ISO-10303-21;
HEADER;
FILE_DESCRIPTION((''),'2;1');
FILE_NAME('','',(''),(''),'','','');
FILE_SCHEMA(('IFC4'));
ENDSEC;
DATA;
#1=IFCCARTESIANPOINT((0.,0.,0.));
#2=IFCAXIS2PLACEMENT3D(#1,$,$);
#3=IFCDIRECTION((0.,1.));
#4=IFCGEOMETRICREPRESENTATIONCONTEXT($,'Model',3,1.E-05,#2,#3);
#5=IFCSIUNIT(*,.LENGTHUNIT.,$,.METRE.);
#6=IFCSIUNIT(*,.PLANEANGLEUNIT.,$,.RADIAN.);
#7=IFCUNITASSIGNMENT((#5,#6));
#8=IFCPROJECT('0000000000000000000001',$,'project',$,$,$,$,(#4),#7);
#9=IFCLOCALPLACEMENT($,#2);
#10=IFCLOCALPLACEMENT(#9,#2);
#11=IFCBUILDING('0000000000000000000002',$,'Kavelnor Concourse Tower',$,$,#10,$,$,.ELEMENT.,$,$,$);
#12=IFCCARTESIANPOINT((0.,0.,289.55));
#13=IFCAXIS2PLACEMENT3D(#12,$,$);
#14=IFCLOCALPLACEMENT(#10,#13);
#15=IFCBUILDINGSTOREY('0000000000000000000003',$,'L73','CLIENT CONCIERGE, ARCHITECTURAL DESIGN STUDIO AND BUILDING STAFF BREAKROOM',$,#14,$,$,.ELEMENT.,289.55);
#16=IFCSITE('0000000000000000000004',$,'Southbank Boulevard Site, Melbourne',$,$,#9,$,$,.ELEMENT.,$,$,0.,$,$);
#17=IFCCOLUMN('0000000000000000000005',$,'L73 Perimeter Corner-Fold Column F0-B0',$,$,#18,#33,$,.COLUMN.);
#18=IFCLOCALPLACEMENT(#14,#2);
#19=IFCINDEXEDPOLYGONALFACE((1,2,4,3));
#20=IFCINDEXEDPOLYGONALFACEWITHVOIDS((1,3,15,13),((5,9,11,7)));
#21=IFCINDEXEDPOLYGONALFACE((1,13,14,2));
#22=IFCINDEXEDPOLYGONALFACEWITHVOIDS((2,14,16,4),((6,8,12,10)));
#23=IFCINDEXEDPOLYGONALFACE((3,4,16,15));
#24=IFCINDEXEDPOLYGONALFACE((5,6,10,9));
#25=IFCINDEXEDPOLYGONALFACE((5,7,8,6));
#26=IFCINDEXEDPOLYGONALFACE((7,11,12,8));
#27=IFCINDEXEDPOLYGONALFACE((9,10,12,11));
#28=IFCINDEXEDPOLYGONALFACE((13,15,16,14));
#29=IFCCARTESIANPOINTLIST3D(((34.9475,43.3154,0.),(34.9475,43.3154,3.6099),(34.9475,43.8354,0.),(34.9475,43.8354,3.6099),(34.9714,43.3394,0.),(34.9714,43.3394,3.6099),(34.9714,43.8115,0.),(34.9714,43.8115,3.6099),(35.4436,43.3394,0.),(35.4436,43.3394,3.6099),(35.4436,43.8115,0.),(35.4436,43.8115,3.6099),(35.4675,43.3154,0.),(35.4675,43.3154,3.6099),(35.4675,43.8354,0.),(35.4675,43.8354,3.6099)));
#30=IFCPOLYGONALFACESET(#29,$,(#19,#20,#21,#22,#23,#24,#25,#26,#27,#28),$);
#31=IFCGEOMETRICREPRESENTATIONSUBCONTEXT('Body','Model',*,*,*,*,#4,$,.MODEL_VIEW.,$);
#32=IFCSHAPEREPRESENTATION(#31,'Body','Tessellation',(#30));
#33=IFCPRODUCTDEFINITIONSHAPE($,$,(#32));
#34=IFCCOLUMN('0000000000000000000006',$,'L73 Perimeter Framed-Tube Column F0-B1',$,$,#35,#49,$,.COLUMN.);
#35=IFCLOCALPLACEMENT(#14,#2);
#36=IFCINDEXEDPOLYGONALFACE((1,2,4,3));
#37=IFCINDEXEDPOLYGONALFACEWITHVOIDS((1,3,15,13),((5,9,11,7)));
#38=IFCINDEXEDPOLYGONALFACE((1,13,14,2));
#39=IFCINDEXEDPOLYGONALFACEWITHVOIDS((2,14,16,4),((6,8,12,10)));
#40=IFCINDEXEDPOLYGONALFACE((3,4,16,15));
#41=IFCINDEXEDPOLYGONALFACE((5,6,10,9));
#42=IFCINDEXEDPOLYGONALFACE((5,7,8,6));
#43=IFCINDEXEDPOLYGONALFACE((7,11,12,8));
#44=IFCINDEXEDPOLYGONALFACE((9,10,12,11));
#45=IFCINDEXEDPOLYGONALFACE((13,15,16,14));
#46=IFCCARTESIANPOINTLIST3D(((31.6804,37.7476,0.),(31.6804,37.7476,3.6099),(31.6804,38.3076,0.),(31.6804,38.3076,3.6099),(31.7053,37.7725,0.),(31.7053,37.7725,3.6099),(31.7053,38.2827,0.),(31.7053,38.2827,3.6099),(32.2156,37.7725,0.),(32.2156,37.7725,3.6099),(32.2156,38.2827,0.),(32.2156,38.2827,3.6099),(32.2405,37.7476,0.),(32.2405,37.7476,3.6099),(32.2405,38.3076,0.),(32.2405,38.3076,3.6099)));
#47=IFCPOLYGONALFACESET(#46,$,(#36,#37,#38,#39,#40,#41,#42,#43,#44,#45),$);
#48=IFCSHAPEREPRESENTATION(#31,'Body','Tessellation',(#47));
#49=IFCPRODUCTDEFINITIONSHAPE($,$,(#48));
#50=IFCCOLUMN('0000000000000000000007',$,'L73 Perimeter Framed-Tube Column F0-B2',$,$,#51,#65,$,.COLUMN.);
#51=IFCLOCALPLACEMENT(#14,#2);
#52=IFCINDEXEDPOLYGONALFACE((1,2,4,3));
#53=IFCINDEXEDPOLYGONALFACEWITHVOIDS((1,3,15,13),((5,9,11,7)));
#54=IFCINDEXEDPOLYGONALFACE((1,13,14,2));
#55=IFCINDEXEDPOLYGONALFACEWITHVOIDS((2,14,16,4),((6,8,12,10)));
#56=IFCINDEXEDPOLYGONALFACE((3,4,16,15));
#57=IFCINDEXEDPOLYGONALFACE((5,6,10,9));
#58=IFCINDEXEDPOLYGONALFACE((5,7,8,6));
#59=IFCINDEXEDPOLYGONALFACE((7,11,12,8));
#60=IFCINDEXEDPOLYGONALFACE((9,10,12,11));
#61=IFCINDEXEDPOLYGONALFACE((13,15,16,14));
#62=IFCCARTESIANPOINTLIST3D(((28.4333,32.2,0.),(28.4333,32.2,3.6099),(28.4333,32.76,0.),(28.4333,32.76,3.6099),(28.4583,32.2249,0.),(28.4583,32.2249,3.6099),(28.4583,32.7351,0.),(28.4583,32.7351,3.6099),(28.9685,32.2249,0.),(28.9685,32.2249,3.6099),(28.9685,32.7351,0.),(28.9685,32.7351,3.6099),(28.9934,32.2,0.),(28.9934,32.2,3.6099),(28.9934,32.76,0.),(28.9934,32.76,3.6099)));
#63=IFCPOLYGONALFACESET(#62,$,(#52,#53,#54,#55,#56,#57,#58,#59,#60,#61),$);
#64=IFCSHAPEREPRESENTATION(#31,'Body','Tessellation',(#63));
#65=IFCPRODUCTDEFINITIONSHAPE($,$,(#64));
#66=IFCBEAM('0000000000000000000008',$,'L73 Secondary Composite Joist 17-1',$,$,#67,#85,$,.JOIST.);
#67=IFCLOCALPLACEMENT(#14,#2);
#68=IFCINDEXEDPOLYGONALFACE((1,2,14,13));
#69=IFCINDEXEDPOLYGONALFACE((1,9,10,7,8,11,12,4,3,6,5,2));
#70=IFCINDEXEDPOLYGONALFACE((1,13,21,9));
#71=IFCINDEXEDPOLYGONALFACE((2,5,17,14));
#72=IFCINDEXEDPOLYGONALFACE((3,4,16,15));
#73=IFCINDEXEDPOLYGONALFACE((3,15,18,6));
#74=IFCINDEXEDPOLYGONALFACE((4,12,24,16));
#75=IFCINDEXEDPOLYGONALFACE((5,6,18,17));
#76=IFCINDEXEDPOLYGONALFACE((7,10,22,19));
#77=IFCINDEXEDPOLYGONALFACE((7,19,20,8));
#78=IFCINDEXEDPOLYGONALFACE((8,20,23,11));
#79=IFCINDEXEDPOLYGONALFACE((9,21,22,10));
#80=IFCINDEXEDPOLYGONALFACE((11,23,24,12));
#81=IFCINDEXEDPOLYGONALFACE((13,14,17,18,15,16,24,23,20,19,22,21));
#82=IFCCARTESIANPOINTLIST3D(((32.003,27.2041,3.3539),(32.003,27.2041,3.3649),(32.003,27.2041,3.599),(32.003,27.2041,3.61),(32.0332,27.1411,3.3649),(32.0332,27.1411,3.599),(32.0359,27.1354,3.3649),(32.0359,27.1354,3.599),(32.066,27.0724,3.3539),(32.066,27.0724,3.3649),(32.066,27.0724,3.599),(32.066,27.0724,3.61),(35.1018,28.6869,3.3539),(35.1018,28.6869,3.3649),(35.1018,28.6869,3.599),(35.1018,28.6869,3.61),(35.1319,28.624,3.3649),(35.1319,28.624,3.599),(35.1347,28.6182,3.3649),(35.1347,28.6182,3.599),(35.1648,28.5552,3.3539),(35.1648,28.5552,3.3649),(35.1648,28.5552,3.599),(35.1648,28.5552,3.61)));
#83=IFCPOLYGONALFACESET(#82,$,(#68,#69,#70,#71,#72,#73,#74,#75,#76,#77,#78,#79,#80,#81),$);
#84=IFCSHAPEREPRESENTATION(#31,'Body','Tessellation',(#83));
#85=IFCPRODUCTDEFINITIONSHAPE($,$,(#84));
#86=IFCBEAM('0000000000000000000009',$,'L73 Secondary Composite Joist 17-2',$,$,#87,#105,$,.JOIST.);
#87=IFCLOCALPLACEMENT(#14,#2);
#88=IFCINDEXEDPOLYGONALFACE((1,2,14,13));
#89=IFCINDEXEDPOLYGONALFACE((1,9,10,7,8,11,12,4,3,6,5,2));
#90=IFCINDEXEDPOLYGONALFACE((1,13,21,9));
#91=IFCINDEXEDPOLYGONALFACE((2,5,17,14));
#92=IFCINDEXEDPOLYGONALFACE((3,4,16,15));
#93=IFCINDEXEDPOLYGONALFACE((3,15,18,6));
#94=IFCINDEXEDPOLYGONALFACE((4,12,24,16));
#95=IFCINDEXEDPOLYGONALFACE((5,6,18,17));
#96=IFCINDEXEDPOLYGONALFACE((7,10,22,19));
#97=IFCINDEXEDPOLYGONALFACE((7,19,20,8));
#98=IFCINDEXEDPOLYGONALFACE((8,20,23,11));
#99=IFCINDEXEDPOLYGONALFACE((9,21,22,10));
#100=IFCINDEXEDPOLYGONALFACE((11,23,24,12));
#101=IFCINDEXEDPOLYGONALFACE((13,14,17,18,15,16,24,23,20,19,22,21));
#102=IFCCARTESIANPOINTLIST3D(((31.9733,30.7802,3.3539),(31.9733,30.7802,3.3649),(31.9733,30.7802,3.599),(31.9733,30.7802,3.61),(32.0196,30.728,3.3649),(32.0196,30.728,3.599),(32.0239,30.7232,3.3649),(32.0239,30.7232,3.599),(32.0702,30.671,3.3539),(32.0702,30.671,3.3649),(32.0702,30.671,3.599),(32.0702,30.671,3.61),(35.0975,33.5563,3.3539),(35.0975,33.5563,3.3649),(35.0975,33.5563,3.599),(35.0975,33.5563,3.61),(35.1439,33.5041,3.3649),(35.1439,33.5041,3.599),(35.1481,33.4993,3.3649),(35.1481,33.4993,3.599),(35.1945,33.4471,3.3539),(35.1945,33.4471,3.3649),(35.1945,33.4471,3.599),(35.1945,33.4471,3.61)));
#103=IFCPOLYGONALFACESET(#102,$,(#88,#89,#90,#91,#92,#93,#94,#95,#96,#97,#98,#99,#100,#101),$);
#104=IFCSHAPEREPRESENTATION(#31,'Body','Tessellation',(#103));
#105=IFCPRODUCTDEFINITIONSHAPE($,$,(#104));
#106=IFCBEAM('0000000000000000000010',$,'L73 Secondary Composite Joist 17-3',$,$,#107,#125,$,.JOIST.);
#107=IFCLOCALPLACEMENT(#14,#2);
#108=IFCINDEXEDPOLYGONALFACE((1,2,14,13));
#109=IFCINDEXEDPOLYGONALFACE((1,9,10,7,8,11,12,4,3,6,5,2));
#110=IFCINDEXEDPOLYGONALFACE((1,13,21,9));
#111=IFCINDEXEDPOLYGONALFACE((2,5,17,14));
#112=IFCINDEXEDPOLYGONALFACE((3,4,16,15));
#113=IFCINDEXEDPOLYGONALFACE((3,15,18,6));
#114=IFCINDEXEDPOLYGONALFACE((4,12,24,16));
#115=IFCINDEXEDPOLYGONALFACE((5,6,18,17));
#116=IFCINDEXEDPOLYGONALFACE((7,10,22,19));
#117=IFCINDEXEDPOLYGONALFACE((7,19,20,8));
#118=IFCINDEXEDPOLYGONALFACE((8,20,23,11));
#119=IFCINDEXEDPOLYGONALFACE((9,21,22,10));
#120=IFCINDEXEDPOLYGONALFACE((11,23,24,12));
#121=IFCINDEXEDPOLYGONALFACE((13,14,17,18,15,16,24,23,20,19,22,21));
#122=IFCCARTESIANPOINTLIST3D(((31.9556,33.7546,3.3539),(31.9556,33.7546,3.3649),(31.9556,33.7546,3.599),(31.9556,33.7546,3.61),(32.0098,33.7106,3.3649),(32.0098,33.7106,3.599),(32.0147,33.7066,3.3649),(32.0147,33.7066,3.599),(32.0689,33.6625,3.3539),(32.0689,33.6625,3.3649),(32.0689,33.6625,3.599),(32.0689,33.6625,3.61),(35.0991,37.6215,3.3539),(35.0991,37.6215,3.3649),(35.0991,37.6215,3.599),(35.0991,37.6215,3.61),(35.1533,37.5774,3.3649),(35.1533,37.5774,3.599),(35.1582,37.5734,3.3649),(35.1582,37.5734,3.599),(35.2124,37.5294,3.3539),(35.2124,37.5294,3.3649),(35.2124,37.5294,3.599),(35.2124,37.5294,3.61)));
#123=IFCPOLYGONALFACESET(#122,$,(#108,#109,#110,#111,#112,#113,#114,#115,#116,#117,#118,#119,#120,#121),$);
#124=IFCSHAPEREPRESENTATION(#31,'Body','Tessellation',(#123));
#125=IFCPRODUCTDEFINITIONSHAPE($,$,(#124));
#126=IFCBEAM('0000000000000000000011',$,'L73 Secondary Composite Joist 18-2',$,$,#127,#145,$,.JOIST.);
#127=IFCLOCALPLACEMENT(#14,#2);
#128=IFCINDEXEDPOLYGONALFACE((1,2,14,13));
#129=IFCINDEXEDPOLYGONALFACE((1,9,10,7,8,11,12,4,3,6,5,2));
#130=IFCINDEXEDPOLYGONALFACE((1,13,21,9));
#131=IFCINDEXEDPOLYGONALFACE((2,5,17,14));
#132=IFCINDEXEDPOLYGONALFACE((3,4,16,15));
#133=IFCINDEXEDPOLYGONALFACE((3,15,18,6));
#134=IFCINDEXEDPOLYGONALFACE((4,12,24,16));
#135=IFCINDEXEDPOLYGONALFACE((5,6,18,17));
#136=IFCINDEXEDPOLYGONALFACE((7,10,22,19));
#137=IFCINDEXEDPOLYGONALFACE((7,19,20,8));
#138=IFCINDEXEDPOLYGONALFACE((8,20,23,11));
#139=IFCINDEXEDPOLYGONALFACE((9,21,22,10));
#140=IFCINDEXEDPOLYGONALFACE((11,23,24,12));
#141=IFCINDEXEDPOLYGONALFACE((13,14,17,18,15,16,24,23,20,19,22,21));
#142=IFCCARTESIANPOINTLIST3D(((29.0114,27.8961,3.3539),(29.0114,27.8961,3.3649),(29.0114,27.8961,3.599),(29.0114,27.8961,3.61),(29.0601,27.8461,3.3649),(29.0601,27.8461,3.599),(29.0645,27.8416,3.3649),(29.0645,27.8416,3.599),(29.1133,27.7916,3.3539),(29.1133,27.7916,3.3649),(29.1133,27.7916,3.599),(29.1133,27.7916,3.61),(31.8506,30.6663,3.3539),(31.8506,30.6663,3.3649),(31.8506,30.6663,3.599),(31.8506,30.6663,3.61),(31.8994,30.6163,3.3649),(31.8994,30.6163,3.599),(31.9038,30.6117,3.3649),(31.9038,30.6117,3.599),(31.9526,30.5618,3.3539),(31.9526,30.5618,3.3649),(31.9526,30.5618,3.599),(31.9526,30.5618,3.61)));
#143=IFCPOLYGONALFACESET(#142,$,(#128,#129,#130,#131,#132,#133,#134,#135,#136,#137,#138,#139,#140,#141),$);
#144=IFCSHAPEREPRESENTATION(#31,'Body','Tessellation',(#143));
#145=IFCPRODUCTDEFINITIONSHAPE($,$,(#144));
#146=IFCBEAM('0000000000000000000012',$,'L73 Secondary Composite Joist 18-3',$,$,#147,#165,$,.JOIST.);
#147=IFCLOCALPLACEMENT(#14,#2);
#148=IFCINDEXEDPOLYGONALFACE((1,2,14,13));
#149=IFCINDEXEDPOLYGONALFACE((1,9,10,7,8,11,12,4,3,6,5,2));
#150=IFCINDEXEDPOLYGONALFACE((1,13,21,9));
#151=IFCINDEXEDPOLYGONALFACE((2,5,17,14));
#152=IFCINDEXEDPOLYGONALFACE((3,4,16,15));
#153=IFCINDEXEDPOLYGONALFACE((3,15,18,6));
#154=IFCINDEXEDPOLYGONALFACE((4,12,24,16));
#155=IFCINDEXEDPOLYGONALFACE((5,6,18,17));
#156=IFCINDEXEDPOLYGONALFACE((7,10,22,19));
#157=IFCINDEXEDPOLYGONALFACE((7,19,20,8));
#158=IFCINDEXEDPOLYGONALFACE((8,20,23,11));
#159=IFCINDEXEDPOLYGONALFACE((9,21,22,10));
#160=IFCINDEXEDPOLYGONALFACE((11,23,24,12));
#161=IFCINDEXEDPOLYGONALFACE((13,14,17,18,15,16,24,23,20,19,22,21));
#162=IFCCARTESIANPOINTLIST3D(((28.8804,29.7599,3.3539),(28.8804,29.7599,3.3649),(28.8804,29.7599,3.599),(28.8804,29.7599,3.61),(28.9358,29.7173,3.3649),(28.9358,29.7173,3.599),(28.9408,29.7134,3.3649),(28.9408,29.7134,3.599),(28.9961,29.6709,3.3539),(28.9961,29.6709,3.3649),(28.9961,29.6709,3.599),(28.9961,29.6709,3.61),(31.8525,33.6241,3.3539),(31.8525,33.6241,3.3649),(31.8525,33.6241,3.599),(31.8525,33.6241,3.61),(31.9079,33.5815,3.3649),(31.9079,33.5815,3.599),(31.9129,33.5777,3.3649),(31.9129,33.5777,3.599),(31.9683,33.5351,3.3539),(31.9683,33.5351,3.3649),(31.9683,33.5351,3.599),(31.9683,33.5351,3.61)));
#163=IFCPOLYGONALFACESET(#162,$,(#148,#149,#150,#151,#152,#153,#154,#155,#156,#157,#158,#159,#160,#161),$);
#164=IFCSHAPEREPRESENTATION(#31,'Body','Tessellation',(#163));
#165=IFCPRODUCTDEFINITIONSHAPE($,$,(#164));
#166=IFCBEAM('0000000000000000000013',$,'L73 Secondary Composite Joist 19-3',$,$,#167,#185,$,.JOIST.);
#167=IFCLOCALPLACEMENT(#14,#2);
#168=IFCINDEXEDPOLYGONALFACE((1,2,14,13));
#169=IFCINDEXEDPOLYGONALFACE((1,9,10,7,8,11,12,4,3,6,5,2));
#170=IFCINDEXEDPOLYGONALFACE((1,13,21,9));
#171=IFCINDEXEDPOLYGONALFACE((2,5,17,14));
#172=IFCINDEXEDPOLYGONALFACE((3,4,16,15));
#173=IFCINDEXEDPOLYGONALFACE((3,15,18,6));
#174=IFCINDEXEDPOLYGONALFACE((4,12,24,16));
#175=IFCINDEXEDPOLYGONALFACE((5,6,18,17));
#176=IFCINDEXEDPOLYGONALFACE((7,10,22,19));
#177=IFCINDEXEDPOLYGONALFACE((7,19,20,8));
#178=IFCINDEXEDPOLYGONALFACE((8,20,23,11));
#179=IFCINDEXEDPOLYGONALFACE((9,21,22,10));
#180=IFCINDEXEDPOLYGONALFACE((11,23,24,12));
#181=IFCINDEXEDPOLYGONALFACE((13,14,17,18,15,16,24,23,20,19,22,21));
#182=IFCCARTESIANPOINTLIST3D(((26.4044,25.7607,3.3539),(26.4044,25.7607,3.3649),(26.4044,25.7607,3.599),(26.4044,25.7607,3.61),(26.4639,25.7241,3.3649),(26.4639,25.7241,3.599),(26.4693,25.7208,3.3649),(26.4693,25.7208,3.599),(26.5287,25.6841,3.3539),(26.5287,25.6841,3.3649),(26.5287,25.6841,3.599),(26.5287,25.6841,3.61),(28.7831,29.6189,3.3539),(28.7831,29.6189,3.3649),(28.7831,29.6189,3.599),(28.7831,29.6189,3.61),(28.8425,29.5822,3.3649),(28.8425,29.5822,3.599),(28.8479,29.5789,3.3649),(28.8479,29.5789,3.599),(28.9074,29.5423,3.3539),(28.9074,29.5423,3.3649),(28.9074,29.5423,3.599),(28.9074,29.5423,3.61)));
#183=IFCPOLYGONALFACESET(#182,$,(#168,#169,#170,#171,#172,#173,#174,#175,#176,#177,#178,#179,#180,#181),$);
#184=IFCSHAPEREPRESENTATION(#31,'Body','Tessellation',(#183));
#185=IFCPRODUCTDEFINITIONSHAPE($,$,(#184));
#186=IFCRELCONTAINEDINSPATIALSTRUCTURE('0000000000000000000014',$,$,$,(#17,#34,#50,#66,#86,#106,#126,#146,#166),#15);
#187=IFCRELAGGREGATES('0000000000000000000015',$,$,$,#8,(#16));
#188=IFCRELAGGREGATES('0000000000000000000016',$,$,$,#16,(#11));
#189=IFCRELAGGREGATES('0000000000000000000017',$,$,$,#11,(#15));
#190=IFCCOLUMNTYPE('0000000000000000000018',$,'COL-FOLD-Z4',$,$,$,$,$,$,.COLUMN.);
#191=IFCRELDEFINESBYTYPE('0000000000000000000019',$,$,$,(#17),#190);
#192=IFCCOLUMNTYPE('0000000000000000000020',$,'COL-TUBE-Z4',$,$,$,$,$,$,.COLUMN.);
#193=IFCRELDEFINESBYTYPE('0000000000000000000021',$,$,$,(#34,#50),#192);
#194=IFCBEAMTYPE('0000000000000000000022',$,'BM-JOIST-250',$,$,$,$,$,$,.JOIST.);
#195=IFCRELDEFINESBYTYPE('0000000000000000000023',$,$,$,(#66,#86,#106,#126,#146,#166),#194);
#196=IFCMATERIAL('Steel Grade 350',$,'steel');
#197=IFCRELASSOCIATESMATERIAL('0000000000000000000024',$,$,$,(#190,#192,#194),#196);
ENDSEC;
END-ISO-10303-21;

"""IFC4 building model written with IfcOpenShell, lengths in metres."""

from ifc_helpers import new_model, si_unit, direction, frame, origin, origin_2d, place, context, subcontext, project, spatial, hollow_rectangle, i_section, extrude, material, material_profile, profile_set, type_object, element, save


model = new_model("IFC4")

# Units and contexts
model_context = context("Model", 3, precision=1e-05, world=origin(), true_north=direction((0.0, 1.0)))
body_context = subcontext(model_context, "Body", "Model", "MODEL_VIEW")
ifc_project = project(units=[si_unit("LENGTHUNIT", "METRE"), si_unit("PLANEANGLEUNIT", "RADIAN")], contexts=[model_context])

# Site, building, storey
site_placement = place(None, origin())
site = spatial("IfcSite", under=ifc_project, at=site_placement, Name="Southbank Boulevard Site, Melbourne", CompositionType="ELEMENT", RefElevation=0.0)
building_placement = place(site_placement, origin())
building = spatial("IfcBuilding", under=site, at=building_placement, Name="Kavelnor Concourse Tower", CompositionType="ELEMENT")
storey_placement = place(building_placement, frame((0.0, 0.0, 289.55)))
storey = spatial("IfcBuildingStorey", under=building, at=storey_placement, Name="L73", Description="CLIENT CONCIERGE, ARCHITECTURAL DESIGN STUDIO AND BUILDING STAFF BREAKROOM", CompositionType="ELEMENT", Elevation=289.55)

# Columns
ifc_material_1 = material(Name="Steel Grade 350", Category="steel")
ifc_material_profile_1 = material_profile(ifc_material_1, hollow_rectangle(XDim=0.52, YDim=0.52, WallThickness=0.0239, at=origin_2d()), Name="SHS 520x520x24")
ifc_profile_set_1 = profile_set([ifc_material_profile_1], Name="Steel Grade 350")
column_type_1 = type_object("IfcColumnType", Name="COL-FOLD-Z4", PredefinedType="COLUMN", material=ifc_profile_set_1)
column_placement = place(storey_placement, frame((35.2075, 43.5754, 0.0), z_axis=(0.0, 0.0, 1.0), x_axis=(1.0, 0.0, 0.0)))
element("IfcColumn", 1, at=column_placement, inside=storey, type_object=column_type_1, Name="L73 Perimeter Corner-Fold Column F0-B0", PredefinedType="COLUMN", context=body_context, shape_type="SweptSolid", body=[
    extrude(hollow_rectangle(XDim=0.52, YDim=0.52, WallThickness=0.0239, at=origin_2d()), origin(), (0.0, 0.0, 1.0), 3.6099),
])
ifc_material_profile_2 = material_profile(ifc_material_1, hollow_rectangle(XDim=0.5601, YDim=0.5601, WallThickness=0.0249, at=origin_2d()), Name="SHS 560x560x25")
ifc_profile_set_2 = profile_set([ifc_material_profile_2], Name="Steel Grade 350")
column_type_2 = type_object("IfcColumnType", Name="COL-TUBE-Z4", PredefinedType="COLUMN", material=ifc_profile_set_2)
for number, where, z_axis, x_axis, name in (
    (2, (31.9604, 38.0276, 0.0), (0.0, 0.0, 1.0), (1.0, 0.0, 0.0), "L73 Perimeter Framed-Tube Column F0-B1"),
    (3, (28.7134, 32.48, 0.0), (0.0, 0.0, 1.0), (1.0, 0.0, 0.0), "L73 Perimeter Framed-Tube Column F0-B2"),
):
    element("IfcColumn", number, at=place(storey_placement, frame(where, z_axis=z_axis, x_axis=x_axis)), inside=storey, type_object=column_type_2, Name=name, PredefinedType="COLUMN", context=body_context, shape_type="SweptSolid", body=[
        extrude(hollow_rectangle(XDim=0.5601, YDim=0.5601, WallThickness=0.0249, at=origin_2d()), origin(), (0.0, 0.0, 1.0), 3.6099),
    ])

# Beams
ifc_material_profile_3 = material_profile(ifc_material_1, i_section(OverallWidth=0.146, OverallDepth=0.2561, WebThickness=0.0063, FlangeThickness=0.011, at=origin_2d()), Name="250UB37")
ifc_profile_set_3 = profile_set([ifc_material_profile_3], Name="Steel Grade 350")
beam_type_1 = type_object("IfcBeamType", Name="BM-JOIST-250", PredefinedType="JOIST", material=ifc_profile_set_3)
beam_1_placement = place(storey_placement, frame((35.1333, 28.6211, 3.4819), z_axis=(-0.902039, -0.431654, 0.0), x_axis=(0.431654, -0.902039, 0.0)))
element("IfcBeam", 4, at=beam_1_placement, inside=storey, type_object=beam_type_1, Name="L73 Secondary Composite Joist 17-1", PredefinedType="JOIST", context=body_context, shape_type="SweptSolid", body=[
    extrude(i_section(OverallWidth=0.146, OverallDepth=0.2561, WebThickness=0.0063, FlangeThickness=0.011, at=origin_2d()), origin(), (0.0, 0.0, 1.0), 3.4353),
])
beam_2_placement = place(storey_placement, frame((35.146, 33.5017, 3.4819), z_axis=(-0.747529, -0.66423, 0.0), x_axis=(0.66423, -0.747529, 0.0)))
element("IfcBeam", 5, at=beam_2_placement, inside=storey, type_object=beam_type_1, Name="L73 Secondary Composite Joist 17-2", PredefinedType="JOIST", context=body_context, shape_type="SweptSolid", body=[
    extrude(i_section(OverallWidth=0.146, OverallDepth=0.2561, WebThickness=0.0063, FlangeThickness=0.011, at=origin_2d()), origin(), (0.0, 0.0, 1.0), 4.1794),
])
beam_3_placement = place(storey_placement, frame((35.1558, 37.5754, 3.4819), z_axis=(-0.630794, -0.775951, 0.0), x_axis=(0.775951, -0.630794, 0.0)))
element("IfcBeam", 6, at=beam_3_placement, inside=storey, type_object=beam_type_1, Name="L73 Secondary Composite Joist 17-3", PredefinedType="JOIST", context=body_context, shape_type="SweptSolid", body=[
    extrude(i_section(OverallWidth=0.146, OverallDepth=0.2561, WebThickness=0.0063, FlangeThickness=0.011, at=origin_2d()), origin(), (0.0, 0.0, 1.0), 4.9834),
])
beam_4_placement = place(storey_placement, frame((31.9016, 30.614, 3.4819), z_axis=(-0.715762, -0.698345, 0.0), x_axis=(0.698345, -0.715762, 0.0)))
element("IfcBeam", 7, at=beam_4_placement, inside=storey, type_object=beam_type_1, Name="L73 Secondary Composite Joist 18-2", PredefinedType="JOIST", context=body_context, shape_type="SweptSolid", body=[
    extrude(i_section(OverallWidth=0.146, OverallDepth=0.2561, WebThickness=0.0063, FlangeThickness=0.011, at=origin_2d()), origin(), (0.0, 0.0, 1.0), 3.9668),
])
beam_5_placement = place(storey_placement, frame((31.9104, 33.5796, 3.4819), z_axis=(-0.609667, -0.792657, 0.0), x_axis=(0.792657, -0.609667, 0.0)))
element("IfcBeam", 8, at=beam_5_placement, inside=storey, type_object=beam_type_1, Name="L73 Secondary Composite Joist 18-3", PredefinedType="JOIST", context=body_context, shape_type="SweptSolid", body=[
    extrude(i_section(OverallWidth=0.146, OverallDepth=0.2561, WebThickness=0.0063, FlangeThickness=0.011, at=origin_2d()), origin(), (0.0, 0.0, 1.0), 4.875),
])
beam_6_placement = place(storey_placement, frame((28.8452, 29.5806, 3.4819), z_axis=(-0.524803, -0.851223, 0.0), x_axis=(0.851223, -0.524803, 0.0)))
element("IfcBeam", 9, at=beam_6_placement, inside=storey, type_object=beam_type_1, Name="L73 Secondary Composite Joist 19-3", PredefinedType="JOIST", context=body_context, shape_type="SweptSolid", body=[
    extrude(i_section(OverallWidth=0.146, OverallDepth=0.2561, WebThickness=0.0063, FlangeThickness=0.011, at=origin_2d()), origin(), (0.0, 0.0, 1.0), 4.5325),
])

save(model, "model.ifc")
